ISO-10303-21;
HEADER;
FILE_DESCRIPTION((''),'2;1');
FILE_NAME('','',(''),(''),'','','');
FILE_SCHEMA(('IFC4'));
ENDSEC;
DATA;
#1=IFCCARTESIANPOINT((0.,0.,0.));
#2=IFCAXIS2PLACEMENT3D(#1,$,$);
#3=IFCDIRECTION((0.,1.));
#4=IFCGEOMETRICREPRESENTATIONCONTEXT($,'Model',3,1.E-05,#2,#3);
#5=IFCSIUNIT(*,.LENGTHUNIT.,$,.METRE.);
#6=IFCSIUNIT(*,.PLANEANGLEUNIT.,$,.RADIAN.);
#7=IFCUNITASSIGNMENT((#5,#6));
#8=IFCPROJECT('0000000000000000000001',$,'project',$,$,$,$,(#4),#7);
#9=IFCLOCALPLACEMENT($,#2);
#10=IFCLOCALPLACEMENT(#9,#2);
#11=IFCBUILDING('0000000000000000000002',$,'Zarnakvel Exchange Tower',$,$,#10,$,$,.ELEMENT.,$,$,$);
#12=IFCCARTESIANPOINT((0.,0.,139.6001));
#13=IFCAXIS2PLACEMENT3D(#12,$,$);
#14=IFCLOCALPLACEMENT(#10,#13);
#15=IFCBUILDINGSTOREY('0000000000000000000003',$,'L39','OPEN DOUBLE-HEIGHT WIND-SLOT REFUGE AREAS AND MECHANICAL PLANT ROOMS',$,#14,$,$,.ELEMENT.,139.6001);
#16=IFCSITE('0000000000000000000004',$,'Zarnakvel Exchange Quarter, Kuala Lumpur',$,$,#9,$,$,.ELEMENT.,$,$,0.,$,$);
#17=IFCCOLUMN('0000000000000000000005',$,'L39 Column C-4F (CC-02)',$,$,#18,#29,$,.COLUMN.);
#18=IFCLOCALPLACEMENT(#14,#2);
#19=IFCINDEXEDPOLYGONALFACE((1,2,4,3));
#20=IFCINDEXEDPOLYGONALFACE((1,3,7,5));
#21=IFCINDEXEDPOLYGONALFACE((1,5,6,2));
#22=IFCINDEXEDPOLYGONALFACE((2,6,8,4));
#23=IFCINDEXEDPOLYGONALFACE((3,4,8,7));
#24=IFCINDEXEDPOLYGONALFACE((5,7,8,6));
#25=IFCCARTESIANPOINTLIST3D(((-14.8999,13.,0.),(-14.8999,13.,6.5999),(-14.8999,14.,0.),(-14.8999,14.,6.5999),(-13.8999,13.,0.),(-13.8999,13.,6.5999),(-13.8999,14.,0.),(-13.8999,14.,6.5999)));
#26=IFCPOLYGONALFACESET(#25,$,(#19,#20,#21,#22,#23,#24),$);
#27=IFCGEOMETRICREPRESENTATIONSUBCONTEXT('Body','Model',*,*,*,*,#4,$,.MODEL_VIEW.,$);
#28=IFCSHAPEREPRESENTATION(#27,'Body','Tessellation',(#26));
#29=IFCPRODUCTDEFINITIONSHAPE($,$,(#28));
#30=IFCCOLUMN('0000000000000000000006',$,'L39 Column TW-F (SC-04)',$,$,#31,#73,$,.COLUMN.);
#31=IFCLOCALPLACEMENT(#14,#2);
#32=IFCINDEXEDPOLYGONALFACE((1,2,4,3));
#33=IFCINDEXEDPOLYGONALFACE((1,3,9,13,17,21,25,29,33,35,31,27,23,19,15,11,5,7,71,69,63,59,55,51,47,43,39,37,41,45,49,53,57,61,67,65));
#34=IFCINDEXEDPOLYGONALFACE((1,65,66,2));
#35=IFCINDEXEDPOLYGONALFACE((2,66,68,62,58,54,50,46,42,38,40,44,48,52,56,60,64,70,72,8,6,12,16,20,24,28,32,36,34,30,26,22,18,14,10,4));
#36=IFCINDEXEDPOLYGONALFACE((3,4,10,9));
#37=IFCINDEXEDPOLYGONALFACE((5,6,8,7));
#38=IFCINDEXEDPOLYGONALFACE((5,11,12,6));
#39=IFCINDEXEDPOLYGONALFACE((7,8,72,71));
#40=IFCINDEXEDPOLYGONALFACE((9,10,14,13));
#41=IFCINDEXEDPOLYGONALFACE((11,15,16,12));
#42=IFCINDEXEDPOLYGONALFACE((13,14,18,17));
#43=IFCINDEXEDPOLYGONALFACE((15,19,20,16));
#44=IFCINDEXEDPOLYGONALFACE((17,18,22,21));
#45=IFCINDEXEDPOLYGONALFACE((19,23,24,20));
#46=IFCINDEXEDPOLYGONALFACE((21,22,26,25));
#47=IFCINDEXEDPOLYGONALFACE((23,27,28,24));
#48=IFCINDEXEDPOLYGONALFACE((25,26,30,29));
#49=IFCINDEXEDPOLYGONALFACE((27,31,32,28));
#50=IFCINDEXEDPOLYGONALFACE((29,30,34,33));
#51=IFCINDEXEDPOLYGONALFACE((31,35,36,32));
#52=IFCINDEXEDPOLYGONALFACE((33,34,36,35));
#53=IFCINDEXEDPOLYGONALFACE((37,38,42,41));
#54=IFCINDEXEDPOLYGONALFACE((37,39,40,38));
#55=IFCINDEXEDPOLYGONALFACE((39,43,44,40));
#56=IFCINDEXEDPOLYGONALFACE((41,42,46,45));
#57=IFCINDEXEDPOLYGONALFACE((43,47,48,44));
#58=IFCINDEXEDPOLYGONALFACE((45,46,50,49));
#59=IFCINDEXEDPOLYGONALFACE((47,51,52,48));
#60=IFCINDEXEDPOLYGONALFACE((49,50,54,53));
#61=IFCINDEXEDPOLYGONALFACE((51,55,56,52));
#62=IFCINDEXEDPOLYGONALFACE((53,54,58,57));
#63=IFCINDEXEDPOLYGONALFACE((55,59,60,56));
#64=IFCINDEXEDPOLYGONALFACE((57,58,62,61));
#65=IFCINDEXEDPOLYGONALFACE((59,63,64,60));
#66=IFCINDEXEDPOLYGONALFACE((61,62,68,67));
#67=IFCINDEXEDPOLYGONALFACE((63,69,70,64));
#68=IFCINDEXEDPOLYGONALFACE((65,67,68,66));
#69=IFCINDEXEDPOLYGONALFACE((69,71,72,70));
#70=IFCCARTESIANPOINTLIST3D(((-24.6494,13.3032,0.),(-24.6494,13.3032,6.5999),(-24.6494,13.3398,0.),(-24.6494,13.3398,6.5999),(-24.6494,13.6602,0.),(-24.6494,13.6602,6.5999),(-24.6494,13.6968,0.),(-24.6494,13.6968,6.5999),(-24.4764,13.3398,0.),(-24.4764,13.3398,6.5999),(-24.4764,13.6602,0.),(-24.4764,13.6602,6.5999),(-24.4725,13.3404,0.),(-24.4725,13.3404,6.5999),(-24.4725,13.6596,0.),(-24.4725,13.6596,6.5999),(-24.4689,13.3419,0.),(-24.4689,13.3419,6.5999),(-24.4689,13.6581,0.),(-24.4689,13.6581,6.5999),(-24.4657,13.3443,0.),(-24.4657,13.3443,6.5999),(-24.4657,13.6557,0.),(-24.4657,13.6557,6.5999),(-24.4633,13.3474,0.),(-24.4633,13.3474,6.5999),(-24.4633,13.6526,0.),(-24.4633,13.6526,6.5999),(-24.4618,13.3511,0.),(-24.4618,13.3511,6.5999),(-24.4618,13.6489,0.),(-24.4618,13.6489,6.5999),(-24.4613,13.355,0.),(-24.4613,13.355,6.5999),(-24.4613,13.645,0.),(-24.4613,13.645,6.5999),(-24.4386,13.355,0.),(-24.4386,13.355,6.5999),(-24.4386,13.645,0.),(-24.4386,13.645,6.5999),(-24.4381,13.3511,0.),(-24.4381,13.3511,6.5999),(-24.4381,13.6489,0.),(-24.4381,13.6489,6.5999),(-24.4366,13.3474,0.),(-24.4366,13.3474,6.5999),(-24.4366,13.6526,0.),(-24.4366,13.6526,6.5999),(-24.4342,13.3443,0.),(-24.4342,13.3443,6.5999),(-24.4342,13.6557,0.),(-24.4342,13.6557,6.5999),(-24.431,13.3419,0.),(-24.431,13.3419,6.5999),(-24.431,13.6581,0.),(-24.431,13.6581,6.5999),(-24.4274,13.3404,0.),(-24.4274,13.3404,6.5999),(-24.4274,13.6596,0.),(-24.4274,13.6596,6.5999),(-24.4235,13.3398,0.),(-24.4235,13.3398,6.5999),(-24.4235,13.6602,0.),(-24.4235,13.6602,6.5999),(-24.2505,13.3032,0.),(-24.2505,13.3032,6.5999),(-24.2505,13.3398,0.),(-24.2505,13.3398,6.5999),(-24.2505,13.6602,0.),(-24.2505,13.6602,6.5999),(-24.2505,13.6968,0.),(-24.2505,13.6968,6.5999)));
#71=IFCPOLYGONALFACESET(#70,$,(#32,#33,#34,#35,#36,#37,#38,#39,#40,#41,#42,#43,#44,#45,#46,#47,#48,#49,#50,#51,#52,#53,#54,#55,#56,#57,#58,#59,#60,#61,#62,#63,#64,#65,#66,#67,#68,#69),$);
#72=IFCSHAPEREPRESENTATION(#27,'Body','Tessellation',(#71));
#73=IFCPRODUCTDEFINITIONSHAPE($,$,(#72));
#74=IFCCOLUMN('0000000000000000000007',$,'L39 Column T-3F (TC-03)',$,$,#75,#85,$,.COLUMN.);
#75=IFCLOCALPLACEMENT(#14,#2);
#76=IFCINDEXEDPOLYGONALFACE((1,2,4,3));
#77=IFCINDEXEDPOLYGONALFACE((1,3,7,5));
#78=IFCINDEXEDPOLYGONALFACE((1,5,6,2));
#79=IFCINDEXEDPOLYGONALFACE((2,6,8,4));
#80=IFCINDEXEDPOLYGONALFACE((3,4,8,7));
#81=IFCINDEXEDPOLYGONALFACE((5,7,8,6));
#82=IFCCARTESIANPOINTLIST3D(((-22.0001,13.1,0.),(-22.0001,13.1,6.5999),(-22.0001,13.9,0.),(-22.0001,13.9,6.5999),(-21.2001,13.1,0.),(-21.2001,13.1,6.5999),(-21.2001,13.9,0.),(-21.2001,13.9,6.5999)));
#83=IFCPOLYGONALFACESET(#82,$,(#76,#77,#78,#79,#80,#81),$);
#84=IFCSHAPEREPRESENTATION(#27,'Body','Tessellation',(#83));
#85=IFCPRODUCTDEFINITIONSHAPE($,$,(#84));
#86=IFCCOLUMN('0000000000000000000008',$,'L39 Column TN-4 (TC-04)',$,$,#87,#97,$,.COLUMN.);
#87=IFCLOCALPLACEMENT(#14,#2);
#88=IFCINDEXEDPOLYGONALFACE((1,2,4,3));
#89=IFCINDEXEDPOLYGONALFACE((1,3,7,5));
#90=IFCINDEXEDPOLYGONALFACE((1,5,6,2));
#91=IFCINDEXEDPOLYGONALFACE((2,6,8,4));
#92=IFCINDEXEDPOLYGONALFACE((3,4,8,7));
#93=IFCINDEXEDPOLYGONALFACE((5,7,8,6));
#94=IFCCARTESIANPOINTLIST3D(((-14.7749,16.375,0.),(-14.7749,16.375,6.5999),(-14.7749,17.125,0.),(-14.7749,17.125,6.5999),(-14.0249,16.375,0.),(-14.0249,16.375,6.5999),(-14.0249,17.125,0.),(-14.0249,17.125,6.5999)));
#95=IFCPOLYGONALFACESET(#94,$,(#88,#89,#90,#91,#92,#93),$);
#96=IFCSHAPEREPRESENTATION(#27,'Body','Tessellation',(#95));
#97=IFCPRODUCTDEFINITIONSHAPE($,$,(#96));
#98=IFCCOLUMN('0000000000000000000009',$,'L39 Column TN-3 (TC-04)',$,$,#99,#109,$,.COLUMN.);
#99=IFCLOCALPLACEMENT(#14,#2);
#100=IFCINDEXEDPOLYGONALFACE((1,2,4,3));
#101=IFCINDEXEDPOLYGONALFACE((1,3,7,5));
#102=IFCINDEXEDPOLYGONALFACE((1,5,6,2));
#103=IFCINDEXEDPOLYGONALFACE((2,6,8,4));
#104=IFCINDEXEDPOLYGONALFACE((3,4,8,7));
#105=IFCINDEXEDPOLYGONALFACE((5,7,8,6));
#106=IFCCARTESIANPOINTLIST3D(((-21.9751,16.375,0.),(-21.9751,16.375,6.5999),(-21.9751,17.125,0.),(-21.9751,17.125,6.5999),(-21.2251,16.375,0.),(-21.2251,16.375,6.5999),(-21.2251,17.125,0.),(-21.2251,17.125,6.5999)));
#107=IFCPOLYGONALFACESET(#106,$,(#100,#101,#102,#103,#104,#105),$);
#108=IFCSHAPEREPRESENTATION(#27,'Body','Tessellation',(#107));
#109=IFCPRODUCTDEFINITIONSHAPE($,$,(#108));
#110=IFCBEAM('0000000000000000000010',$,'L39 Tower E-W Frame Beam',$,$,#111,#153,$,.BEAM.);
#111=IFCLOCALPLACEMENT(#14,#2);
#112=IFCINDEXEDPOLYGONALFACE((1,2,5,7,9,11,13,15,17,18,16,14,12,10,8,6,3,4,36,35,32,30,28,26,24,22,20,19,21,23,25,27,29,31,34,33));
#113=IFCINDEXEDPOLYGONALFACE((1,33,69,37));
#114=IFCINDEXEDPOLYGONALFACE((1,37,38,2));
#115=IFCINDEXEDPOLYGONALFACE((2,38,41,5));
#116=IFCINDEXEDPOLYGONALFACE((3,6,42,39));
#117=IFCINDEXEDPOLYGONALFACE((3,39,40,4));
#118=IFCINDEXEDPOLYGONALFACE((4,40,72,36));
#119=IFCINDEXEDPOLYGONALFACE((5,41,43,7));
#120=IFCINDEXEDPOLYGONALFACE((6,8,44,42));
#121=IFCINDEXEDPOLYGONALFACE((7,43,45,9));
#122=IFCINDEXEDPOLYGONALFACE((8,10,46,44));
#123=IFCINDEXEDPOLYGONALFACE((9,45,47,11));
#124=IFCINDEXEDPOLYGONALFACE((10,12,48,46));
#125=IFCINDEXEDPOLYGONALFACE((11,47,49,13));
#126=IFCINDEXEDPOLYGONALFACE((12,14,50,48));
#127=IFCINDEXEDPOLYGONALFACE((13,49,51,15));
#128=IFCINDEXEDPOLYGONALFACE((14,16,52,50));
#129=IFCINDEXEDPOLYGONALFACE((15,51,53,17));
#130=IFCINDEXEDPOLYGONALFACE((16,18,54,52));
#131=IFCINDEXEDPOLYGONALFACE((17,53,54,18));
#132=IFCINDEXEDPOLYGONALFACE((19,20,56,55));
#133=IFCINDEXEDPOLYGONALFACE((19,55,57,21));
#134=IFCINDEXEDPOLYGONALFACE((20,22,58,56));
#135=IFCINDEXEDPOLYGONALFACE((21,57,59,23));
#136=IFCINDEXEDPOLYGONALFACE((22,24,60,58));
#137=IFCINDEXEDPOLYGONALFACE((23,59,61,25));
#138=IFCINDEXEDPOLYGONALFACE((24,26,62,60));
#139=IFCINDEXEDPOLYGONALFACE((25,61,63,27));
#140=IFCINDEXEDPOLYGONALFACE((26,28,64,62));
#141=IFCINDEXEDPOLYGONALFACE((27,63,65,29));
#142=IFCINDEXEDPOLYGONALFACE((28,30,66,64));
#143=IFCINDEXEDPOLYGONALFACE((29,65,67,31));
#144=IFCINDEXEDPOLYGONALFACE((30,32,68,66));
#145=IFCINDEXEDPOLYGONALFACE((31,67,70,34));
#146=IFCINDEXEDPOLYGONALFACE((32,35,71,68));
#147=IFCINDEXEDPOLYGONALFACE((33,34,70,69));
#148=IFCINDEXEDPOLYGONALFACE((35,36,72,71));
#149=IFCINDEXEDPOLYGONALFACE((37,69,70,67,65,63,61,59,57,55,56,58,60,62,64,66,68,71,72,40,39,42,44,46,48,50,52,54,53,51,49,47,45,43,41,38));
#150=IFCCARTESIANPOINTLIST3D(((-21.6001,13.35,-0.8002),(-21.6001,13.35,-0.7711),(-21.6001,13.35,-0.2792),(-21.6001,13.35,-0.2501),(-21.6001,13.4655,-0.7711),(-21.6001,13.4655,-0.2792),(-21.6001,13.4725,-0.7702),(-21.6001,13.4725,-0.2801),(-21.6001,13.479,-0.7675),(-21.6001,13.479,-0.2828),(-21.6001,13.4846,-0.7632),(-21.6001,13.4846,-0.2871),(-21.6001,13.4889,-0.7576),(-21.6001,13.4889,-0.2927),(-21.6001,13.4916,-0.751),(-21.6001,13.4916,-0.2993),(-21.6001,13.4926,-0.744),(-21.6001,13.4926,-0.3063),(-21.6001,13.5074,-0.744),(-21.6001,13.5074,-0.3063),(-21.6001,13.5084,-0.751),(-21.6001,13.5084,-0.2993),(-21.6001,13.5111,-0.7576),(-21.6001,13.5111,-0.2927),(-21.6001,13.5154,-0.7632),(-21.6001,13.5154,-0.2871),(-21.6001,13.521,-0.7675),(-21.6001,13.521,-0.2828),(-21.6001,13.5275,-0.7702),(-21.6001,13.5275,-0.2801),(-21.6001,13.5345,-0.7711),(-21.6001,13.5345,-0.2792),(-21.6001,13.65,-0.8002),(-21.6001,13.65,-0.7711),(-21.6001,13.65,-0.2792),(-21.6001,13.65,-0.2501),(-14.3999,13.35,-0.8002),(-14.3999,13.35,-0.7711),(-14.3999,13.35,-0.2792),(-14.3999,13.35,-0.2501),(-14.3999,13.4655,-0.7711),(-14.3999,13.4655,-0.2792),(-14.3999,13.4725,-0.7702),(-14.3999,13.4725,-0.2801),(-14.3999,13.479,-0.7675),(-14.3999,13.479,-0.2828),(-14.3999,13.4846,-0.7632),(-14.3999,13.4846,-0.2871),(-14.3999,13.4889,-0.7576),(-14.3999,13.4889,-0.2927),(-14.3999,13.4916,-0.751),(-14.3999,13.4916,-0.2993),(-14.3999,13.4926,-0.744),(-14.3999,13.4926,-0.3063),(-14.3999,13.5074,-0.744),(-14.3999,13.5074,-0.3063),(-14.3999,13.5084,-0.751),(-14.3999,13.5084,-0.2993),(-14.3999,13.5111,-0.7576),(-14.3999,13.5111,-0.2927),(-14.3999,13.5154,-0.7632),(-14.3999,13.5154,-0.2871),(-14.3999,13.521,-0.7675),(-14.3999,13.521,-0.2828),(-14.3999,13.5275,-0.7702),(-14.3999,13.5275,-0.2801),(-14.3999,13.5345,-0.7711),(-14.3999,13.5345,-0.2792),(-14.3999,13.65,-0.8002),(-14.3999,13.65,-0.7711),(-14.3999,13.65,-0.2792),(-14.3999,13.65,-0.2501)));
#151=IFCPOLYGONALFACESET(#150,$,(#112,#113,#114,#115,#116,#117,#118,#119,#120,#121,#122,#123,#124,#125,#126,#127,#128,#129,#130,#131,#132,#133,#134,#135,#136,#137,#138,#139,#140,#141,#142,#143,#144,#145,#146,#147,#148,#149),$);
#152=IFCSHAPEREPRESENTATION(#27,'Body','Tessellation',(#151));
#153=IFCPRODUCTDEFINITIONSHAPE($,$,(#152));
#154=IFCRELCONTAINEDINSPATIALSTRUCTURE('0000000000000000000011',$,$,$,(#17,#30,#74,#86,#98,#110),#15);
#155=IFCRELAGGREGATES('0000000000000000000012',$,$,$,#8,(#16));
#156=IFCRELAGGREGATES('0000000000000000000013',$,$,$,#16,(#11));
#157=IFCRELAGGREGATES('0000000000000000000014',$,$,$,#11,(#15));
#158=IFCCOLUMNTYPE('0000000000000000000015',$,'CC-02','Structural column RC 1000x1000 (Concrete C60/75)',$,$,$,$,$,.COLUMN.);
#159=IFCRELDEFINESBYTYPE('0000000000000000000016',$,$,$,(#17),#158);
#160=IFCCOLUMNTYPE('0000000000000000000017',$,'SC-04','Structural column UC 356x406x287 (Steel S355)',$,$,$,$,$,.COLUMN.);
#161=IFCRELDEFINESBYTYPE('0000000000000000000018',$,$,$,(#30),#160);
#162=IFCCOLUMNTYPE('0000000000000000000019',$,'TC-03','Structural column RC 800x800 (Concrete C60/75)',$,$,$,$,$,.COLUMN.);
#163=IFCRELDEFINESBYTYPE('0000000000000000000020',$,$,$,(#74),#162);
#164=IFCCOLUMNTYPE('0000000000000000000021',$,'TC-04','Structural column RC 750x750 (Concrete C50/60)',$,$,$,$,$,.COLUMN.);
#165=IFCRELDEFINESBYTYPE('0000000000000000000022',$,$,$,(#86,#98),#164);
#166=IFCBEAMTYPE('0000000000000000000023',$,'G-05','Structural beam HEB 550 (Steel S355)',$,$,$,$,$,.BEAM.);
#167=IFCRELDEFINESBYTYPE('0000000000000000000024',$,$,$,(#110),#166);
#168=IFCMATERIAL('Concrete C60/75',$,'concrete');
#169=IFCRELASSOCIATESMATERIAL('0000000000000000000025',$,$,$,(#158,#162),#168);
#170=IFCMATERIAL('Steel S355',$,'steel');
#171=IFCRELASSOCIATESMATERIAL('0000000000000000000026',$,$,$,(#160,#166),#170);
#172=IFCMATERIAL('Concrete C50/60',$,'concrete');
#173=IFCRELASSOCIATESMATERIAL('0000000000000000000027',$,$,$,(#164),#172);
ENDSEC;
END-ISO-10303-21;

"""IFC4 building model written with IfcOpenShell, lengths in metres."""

from ifc_helpers import new_model, si_unit, direction, frame, origin, origin_2d, place, context, subcontext, project, spatial, rectangle, i_section, extrude, material, material_profile, profile_set, type_object, element, save


model = new_model("IFC4")

# Units and contexts
model_context = context("Model", 3, precision=1e-05, world=origin(), true_north=direction((0.0, 1.0)))
body_context = subcontext(model_context, "Body", "Model", "MODEL_VIEW")
ifc_project = project(units=[si_unit("LENGTHUNIT", "METRE"), si_unit("PLANEANGLEUNIT", "RADIAN")], contexts=[model_context])

# Site, building, storey
site_placement = place(None, origin())
site = spatial("IfcSite", under=ifc_project, at=site_placement, Name="Zarnakvel Exchange Quarter, Kuala Lumpur", CompositionType="ELEMENT", RefElevation=0.0)
building_placement = place(site_placement, origin())
building = spatial("IfcBuilding", under=site, at=building_placement, Name="Zarnakvel Exchange Tower", CompositionType="ELEMENT")
storey_placement = place(building_placement, frame((0.0, 0.0, 139.6001)))
storey = spatial("IfcBuildingStorey", under=building, at=storey_placement, Name="L39", Description="OPEN DOUBLE-HEIGHT WIND-SLOT REFUGE AREAS AND MECHANICAL PLANT ROOMS", CompositionType="ELEMENT", Elevation=139.6001)

# Columns
ifc_material_1 = material(Name="Concrete C60/75", Category="concrete")
ifc_material_profile_1 = material_profile(ifc_material_1, rectangle(XDim=1.0, YDim=1.0, at=origin_2d()))
ifc_profile_set_1 = profile_set([ifc_material_profile_1], Name="Concrete C60/75")
column_type_1 = type_object("IfcColumnType", Name="CC-02", Description="Structural column RC 1000x1000 (Concrete C60/75)", PredefinedType="COLUMN", material=ifc_profile_set_1)
column_1_placement = place(storey_placement, frame((-14.3999, 13.5, 0.0), z_axis=(0.0, 0.0, 1.0), x_axis=(1.0, 0.0, 0.0)))
element("IfcColumn", 1, at=column_1_placement, inside=storey, type_object=column_type_1, Name="L39 Column C-4F (CC-02)", PredefinedType="COLUMN", context=body_context, shape_type="SweptSolid", body=[
    extrude(rectangle(XDim=1.0, YDim=1.0, at=origin_2d()), origin(), (0.0, 0.0, 1.0), 6.5999),
])
ifc_material_2 = material(Name="Steel S355", Category="steel")
ifc_material_profile_2 = material_profile(ifc_material_2, i_section(OverallWidth=0.3989, OverallDepth=0.3936, WebThickness=0.0227, FlangeThickness=0.0366, FilletRadius=0.0151, at=origin_2d()))
ifc_profile_set_2 = profile_set([ifc_material_profile_2], Name="Steel S355")
column_type_2 = type_object("IfcColumnType", Name="SC-04", Description="Structural column UC 356x406x287 (Steel S355)", PredefinedType="COLUMN", material=ifc_profile_set_2)
column_2_placement = place(storey_placement, frame((-24.45, 13.5, 0.0), z_axis=(0.0, 0.0, 1.0), x_axis=(1.0, 0.0, 0.0)))
element("IfcColumn", 2, at=column_2_placement, inside=storey, type_object=column_type_2, Name="L39 Column TW-F (SC-04)", PredefinedType="COLUMN", context=body_context, shape_type="SweptSolid", body=[
    extrude(i_section(OverallWidth=0.3989, OverallDepth=0.3936, WebThickness=0.0227, FlangeThickness=0.0366, FilletRadius=0.0151, at=origin_2d()), origin(), (0.0, 0.0, 1.0), 6.5999),
])
ifc_material_profile_3 = material_profile(ifc_material_1, rectangle(XDim=0.8, YDim=0.8, at=origin_2d()))
ifc_profile_set_3 = profile_set([ifc_material_profile_3], Name="Concrete C60/75")
column_type_3 = type_object("IfcColumnType", Name="TC-03", Description="Structural column RC 800x800 (Concrete C60/75)", PredefinedType="COLUMN", material=ifc_profile_set_3)
column_3_placement = place(storey_placement, frame((-21.6001, 13.5, 0.0), z_axis=(0.0, 0.0, 1.0), x_axis=(1.0, 0.0, 0.0)))
element("IfcColumn", 3, at=column_3_placement, inside=storey, type_object=column_type_3, Name="L39 Column T-3F (TC-03)", PredefinedType="COLUMN", context=body_context, shape_type="SweptSolid", body=[
    extrude(rectangle(XDim=0.8, YDim=0.8, at=origin_2d()), origin(), (0.0, 0.0, 1.0), 6.5999),
])
ifc_material_3 = material(Name="Concrete C50/60", Category="concrete")
ifc_material_profile_4 = material_profile(ifc_material_3, rectangle(XDim=0.75, YDim=0.75, at=origin_2d()))
ifc_profile_set_4 = profile_set([ifc_material_profile_4], Name="Concrete C50/60")
column_type_4 = type_object("IfcColumnType", Name="TC-04", Description="Structural column RC 750x750 (Concrete C50/60)", PredefinedType="COLUMN", material=ifc_profile_set_4)
for number, where, z_axis, x_axis, name in (
    (4, (-14.3999, 16.75, 0.0), (0.0, 0.0, 1.0), (1.0, 0.0, 0.0), "L39 Column TN-4 (TC-04)"),
    (5, (-21.6001, 16.75, 0.0), (0.0, 0.0, 1.0), (1.0, 0.0, 0.0), "L39 Column TN-3 (TC-04)"),
):
    element("IfcColumn", number, at=place(storey_placement, frame(where, z_axis=z_axis, x_axis=x_axis)), inside=storey, type_object=column_type_4, Name=name, PredefinedType="COLUMN", context=body_context, shape_type="SweptSolid", body=[
        extrude(rectangle(XDim=0.75, YDim=0.75, at=origin_2d()), origin(), (0.0, 0.0, 1.0), 6.5999),
    ])

# Beam
ifc_material_profile_5 = material_profile(ifc_material_2, i_section(OverallWidth=0.3, OverallDepth=0.55, WebThickness=0.0149, FlangeThickness=0.0291, FilletRadius=0.0271, at=origin_2d()))
ifc_profile_set_5 = profile_set([ifc_material_profile_5], Name="Steel S355")
beam_type_1 = type_object("IfcBeamType", Name="G-05", Description="Structural beam HEB 550 (Steel S355)", PredefinedType="BEAM", material=ifc_profile_set_5)
beam_1_placement = place(storey_placement, frame((-21.6001, 13.5, -0.5251), z_axis=(1.0, 0.0, 0.0), x_axis=(0.0, 1.0, 0.0)))
element("IfcBeam", 6, at=beam_1_placement, inside=storey, type_object=beam_type_1, Name="L39 Tower E-W Frame Beam", PredefinedType="BEAM", context=body_context, shape_type="SweptSolid", body=[
    extrude(i_section(OverallWidth=0.3, OverallDepth=0.55, WebThickness=0.0149, FlangeThickness=0.0291, FilletRadius=0.0271, at=origin_2d()), origin(), (0.0, 0.0, 1.0), 7.2002),
])

save(model, "model.ifc")
